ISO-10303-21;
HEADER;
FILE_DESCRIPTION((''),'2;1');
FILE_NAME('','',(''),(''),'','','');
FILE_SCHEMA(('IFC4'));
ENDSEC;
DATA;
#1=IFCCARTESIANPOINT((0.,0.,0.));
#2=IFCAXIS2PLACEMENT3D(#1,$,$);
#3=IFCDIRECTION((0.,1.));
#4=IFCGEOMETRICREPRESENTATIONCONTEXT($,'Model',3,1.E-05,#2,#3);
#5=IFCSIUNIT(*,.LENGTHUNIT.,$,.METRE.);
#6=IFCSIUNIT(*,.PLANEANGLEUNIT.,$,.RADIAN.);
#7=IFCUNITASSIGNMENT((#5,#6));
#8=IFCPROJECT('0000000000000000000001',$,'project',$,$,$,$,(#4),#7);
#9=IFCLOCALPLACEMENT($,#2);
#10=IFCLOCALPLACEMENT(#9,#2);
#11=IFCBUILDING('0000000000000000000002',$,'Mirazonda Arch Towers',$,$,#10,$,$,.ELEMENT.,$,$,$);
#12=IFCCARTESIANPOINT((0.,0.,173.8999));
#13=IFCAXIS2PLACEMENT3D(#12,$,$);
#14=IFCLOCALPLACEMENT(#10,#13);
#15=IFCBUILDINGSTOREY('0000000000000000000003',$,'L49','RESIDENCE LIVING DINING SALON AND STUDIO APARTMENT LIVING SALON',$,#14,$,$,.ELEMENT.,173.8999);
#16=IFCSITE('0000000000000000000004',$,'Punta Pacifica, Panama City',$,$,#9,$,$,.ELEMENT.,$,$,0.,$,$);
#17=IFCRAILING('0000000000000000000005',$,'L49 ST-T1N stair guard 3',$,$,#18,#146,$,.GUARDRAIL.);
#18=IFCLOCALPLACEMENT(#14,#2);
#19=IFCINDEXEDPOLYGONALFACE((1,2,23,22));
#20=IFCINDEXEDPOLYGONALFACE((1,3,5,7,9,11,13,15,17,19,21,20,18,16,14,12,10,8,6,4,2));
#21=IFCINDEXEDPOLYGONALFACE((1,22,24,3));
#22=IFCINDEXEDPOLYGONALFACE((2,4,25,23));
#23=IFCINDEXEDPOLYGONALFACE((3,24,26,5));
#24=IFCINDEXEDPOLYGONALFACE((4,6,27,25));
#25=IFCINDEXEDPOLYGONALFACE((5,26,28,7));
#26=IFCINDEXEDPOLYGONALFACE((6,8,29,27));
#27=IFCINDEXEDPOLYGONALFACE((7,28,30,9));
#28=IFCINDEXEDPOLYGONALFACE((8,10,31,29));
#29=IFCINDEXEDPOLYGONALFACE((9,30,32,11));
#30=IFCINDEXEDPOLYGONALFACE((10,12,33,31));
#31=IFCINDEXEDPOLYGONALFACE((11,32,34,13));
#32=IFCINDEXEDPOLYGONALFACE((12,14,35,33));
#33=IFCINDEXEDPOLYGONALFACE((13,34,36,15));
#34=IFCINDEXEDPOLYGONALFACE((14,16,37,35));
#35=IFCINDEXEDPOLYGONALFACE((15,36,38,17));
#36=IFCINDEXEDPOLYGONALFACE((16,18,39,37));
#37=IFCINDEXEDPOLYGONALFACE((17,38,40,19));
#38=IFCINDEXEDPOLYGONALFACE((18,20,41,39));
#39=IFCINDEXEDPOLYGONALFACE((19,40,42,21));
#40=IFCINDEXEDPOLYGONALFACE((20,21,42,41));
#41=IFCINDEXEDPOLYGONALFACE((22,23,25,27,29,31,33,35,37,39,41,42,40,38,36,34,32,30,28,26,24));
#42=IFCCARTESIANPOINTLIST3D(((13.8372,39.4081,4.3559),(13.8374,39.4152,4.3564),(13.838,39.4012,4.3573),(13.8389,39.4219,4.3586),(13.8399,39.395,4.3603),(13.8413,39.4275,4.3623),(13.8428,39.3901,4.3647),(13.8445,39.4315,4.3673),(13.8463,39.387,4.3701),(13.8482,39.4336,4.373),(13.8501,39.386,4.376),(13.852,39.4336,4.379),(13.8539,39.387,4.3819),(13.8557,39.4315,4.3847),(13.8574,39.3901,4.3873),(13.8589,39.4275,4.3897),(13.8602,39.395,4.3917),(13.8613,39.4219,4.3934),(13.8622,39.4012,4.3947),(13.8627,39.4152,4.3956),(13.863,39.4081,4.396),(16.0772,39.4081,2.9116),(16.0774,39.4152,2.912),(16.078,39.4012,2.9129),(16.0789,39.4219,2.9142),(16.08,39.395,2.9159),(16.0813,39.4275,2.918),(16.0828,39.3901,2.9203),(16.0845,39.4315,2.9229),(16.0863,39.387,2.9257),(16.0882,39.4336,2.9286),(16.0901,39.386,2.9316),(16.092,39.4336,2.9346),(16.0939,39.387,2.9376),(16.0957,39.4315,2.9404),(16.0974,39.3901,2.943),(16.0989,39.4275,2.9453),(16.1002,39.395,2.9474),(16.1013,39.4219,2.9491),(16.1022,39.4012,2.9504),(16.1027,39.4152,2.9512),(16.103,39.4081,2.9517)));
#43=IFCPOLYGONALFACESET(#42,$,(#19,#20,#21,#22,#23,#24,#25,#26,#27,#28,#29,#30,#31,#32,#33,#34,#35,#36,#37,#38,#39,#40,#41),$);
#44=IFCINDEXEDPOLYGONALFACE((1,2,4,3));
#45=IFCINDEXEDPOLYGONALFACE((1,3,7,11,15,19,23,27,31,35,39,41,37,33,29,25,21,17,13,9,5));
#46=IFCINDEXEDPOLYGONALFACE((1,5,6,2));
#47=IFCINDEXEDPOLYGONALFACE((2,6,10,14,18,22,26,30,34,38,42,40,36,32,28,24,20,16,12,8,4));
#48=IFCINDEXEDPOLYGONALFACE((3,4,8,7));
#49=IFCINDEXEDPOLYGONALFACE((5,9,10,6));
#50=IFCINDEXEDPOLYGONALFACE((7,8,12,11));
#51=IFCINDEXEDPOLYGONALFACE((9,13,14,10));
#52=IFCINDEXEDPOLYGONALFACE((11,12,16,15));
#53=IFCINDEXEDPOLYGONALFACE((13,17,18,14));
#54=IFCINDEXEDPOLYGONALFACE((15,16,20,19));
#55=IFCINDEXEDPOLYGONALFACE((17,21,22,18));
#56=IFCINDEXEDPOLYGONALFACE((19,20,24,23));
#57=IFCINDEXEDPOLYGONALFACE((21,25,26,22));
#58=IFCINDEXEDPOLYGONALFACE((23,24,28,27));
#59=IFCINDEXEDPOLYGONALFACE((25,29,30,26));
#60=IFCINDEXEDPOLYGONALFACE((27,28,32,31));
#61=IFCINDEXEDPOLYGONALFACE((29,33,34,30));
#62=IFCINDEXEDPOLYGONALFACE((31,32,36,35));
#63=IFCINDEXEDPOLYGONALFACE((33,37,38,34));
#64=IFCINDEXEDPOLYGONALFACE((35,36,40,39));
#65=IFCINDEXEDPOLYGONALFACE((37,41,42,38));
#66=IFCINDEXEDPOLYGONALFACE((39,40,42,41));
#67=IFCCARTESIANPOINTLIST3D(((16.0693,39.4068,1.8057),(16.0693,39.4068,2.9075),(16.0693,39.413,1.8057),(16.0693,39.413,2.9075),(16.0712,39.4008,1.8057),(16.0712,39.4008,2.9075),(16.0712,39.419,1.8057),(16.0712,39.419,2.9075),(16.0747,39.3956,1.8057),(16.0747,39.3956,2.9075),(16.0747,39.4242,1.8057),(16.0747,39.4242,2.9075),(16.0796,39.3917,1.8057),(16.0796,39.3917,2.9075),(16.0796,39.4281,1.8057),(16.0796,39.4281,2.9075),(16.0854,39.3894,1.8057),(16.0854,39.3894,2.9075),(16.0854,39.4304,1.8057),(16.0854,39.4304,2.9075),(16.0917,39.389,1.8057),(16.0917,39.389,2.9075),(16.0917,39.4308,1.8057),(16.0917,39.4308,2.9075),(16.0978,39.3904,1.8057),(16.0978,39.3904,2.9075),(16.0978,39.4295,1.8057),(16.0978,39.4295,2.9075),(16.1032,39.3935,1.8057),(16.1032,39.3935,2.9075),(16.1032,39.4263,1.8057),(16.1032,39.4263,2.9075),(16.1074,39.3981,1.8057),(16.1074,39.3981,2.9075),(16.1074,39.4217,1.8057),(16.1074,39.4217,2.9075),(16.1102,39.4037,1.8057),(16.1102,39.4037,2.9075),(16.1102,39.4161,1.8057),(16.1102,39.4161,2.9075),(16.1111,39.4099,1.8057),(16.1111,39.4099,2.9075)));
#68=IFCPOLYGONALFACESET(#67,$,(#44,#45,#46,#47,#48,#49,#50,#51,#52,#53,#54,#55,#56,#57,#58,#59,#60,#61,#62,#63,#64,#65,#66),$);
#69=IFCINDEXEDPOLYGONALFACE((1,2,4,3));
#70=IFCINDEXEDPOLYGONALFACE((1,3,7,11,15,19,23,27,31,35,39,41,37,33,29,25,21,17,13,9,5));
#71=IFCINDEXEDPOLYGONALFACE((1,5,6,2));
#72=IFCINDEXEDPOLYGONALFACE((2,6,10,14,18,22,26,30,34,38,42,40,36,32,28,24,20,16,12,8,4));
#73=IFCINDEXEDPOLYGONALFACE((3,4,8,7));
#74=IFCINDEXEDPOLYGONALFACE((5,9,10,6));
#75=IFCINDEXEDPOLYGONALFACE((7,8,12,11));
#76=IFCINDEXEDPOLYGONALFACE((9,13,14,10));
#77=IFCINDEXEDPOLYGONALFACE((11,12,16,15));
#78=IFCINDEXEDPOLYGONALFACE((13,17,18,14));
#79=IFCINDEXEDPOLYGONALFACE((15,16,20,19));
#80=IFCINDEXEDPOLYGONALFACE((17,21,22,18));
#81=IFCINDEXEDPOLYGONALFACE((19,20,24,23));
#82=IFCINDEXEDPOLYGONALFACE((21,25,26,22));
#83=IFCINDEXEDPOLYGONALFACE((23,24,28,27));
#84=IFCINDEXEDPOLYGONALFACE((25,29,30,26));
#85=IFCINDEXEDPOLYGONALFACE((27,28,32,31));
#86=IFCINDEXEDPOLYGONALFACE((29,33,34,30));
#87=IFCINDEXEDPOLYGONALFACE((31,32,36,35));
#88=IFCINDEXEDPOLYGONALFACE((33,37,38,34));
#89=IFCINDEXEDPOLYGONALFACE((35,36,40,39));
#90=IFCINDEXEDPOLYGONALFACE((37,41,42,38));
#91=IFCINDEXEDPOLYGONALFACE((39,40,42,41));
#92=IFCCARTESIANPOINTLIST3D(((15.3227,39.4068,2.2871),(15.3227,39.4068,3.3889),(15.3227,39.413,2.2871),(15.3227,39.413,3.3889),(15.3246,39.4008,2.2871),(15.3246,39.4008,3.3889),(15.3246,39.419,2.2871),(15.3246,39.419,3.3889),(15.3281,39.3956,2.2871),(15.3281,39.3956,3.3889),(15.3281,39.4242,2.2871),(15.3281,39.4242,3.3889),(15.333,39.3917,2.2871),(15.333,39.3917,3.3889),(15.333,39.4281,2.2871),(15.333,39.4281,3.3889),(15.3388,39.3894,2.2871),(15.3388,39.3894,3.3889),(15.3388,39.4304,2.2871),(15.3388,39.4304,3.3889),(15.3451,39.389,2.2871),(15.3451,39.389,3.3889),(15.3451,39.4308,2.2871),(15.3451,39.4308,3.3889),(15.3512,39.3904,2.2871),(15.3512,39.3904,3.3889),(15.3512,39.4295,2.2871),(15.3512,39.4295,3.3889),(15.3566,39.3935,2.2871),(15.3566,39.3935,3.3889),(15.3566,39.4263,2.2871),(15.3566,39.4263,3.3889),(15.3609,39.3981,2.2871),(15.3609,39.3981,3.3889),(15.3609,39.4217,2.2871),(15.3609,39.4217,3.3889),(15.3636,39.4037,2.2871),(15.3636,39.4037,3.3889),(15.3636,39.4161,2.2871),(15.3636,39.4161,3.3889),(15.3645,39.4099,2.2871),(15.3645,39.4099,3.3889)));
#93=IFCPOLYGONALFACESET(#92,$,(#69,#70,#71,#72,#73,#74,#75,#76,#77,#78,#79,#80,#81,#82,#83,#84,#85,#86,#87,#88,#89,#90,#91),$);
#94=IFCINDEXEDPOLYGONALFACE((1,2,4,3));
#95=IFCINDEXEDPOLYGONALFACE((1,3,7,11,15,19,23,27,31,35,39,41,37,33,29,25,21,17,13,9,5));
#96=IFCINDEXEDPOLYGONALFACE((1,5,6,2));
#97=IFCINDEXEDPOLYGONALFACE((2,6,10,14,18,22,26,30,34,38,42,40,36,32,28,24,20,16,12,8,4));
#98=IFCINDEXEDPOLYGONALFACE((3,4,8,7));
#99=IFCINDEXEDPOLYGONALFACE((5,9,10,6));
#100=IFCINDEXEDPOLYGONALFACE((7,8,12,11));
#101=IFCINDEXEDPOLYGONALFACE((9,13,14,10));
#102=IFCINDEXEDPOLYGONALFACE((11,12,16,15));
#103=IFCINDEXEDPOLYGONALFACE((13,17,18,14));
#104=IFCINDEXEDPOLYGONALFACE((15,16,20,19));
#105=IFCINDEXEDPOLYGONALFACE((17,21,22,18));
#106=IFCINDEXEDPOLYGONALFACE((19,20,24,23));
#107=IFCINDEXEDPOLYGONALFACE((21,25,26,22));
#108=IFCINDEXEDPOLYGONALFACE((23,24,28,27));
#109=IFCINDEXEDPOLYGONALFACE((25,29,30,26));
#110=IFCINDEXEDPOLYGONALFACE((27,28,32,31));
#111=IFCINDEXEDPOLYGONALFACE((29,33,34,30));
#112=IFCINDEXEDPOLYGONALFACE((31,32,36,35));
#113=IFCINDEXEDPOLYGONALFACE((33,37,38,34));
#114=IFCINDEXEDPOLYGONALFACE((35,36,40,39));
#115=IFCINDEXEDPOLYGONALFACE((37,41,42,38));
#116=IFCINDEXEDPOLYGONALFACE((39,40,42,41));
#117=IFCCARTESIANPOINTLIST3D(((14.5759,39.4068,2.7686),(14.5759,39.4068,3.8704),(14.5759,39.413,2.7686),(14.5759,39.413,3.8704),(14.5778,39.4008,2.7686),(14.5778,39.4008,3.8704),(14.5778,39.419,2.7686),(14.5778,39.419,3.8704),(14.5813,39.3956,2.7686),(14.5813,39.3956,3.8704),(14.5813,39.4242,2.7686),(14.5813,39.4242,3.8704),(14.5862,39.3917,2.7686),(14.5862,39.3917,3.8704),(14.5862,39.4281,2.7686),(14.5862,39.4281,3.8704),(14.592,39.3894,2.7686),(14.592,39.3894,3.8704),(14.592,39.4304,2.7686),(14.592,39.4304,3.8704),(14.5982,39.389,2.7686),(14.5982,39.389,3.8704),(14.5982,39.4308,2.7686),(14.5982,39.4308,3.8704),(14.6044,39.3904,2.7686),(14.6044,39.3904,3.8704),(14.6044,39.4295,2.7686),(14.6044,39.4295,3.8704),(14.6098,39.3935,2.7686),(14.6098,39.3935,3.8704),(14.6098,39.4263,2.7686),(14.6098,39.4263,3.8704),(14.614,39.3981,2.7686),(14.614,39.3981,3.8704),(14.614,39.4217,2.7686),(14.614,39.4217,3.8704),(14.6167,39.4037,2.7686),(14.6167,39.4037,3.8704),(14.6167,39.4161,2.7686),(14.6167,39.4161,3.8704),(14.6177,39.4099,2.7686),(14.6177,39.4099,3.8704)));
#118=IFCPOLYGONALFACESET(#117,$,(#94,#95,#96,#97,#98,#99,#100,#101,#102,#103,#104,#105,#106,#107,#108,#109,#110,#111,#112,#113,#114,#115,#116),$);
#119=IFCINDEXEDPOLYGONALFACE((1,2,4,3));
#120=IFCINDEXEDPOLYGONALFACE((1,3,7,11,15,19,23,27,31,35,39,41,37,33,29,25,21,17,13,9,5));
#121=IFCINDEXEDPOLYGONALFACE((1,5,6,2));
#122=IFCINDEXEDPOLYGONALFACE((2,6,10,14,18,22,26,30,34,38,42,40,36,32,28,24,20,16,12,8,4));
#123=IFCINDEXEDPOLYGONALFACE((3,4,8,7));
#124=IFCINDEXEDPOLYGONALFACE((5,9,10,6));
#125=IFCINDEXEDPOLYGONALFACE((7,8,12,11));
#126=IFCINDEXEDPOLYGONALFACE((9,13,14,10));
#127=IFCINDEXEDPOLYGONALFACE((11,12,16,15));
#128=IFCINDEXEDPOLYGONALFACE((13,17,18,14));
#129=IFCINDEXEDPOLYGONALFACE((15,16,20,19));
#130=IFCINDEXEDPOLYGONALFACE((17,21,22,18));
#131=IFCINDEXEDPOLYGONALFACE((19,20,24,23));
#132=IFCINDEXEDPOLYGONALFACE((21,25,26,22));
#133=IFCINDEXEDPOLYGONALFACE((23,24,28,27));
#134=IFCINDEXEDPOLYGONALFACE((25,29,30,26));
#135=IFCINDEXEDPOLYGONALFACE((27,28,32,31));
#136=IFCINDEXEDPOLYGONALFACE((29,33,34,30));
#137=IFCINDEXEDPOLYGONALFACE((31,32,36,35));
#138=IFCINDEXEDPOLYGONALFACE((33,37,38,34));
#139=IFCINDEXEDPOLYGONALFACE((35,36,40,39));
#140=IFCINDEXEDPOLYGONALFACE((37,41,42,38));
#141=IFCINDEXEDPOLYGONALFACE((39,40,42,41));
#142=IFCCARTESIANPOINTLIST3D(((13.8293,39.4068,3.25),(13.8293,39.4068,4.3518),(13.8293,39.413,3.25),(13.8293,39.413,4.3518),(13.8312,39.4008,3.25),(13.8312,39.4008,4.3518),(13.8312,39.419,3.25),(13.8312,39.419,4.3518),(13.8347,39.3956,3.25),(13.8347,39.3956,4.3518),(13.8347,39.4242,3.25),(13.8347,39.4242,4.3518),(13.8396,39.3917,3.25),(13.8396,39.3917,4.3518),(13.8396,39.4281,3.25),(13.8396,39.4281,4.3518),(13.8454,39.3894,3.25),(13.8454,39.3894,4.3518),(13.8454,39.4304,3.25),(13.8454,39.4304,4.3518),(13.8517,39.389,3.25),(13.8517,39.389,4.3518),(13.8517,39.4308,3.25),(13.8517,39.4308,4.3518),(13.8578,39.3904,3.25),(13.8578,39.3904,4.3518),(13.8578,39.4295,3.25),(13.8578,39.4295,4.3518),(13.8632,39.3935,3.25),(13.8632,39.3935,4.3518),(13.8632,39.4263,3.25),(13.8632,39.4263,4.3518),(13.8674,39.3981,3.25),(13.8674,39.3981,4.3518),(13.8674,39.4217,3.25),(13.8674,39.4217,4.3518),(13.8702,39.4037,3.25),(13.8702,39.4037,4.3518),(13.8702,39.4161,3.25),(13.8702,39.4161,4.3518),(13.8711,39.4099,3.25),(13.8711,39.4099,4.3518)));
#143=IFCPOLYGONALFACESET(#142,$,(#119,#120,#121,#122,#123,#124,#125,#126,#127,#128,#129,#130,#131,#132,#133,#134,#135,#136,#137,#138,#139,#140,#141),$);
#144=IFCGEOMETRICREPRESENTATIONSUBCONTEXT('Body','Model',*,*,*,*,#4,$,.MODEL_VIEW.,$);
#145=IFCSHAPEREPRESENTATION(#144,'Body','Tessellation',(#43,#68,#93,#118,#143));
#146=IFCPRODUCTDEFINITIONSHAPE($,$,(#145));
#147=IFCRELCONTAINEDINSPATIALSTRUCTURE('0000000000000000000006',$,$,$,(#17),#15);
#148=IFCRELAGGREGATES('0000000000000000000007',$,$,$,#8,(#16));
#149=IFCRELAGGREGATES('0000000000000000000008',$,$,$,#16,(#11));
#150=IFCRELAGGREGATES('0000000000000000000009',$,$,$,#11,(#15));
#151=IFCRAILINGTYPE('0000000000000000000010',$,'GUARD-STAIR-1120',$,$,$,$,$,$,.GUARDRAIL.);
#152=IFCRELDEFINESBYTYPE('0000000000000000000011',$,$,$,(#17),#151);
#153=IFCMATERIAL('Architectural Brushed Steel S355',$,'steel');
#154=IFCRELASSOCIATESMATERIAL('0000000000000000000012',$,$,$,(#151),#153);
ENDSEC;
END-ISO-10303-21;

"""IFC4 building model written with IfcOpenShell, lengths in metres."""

from ifc_helpers import new_model, si_unit, direction, frame, origin, origin_2d, place, context, subcontext, project, spatial, circle, extrude, material, type_object, element, save


model = new_model("IFC4")

# Units and contexts
model_context = context("Model", 3, precision=1e-05, world=origin(), true_north=direction((0.0, 1.0)))
body_context = subcontext(model_context, "Body", "Model", "MODEL_VIEW")
ifc_project = project(units=[si_unit("LENGTHUNIT", "METRE"), si_unit("PLANEANGLEUNIT", "RADIAN")], contexts=[model_context])

# Site, building, storey
site_placement = place(None, origin())
site = spatial("IfcSite", under=ifc_project, at=site_placement, Name="Punta Pacifica, Panama City", CompositionType="ELEMENT", RefElevation=0.0)
building_placement = place(site_placement, origin())
building = spatial("IfcBuilding", under=site, at=building_placement, Name="Mirazonda Arch Towers", CompositionType="ELEMENT")
storey_placement = place(building_placement, frame((0.0, 0.0, 173.8999)))
storey = spatial("IfcBuildingStorey", under=building, at=storey_placement, Name="L49", Description="RESIDENCE LIVING DINING SALON AND STUDIO APARTMENT LIVING SALON", CompositionType="ELEMENT", Elevation=173.8999)

# Shared definitions
ifc_material_1 = material(Name="Architectural Brushed Steel S355", Category="steel")

# Railing
railing_type_1 = type_object("IfcRailingType", Name="GUARD-STAIR-1120", PredefinedType="GUARDRAIL", material=ifc_material_1)
railing_1_placement = place(storey_placement, frame((16.0901, 39.4099, 1.8057)))
element("IfcRailing", 1, at=railing_1_placement, inside=storey, type_object=railing_type_1, Name="L49 ST-T1N stair guard 3", PredefinedType="GUARDRAIL", context=body_context, shape_type="SweptSolid", body=[
    extrude(circle(Radius=0.0239, at=origin_2d()), frame((0.0, 0.0, 1.126), z_axis=(-0.840437, 0.0, 0.54191), x_axis=(0.0, -1.0, 0.0)), (0.0, 0.0, 1.0), 2.6653),
    extrude(circle(Radius=0.021, at=origin_2d()), origin(), (0.0, 0.0, 1.0), 1.1018),
    extrude(circle(Radius=0.021, at=origin_2d()), frame((-0.7466, 0.0, 0.4814)), (0.0, 0.0, 1.0), 1.1018),
    extrude(circle(Radius=0.021, at=origin_2d()), frame((-1.4934, 0.0, 0.9629)), (0.0, 0.0, 1.0), 1.1018),
    extrude(circle(Radius=0.021, at=origin_2d()), frame((-2.24, 0.0, 1.4443)), (0.0, 0.0, 1.0), 1.1018),
])

save(model, "model.ifc")
